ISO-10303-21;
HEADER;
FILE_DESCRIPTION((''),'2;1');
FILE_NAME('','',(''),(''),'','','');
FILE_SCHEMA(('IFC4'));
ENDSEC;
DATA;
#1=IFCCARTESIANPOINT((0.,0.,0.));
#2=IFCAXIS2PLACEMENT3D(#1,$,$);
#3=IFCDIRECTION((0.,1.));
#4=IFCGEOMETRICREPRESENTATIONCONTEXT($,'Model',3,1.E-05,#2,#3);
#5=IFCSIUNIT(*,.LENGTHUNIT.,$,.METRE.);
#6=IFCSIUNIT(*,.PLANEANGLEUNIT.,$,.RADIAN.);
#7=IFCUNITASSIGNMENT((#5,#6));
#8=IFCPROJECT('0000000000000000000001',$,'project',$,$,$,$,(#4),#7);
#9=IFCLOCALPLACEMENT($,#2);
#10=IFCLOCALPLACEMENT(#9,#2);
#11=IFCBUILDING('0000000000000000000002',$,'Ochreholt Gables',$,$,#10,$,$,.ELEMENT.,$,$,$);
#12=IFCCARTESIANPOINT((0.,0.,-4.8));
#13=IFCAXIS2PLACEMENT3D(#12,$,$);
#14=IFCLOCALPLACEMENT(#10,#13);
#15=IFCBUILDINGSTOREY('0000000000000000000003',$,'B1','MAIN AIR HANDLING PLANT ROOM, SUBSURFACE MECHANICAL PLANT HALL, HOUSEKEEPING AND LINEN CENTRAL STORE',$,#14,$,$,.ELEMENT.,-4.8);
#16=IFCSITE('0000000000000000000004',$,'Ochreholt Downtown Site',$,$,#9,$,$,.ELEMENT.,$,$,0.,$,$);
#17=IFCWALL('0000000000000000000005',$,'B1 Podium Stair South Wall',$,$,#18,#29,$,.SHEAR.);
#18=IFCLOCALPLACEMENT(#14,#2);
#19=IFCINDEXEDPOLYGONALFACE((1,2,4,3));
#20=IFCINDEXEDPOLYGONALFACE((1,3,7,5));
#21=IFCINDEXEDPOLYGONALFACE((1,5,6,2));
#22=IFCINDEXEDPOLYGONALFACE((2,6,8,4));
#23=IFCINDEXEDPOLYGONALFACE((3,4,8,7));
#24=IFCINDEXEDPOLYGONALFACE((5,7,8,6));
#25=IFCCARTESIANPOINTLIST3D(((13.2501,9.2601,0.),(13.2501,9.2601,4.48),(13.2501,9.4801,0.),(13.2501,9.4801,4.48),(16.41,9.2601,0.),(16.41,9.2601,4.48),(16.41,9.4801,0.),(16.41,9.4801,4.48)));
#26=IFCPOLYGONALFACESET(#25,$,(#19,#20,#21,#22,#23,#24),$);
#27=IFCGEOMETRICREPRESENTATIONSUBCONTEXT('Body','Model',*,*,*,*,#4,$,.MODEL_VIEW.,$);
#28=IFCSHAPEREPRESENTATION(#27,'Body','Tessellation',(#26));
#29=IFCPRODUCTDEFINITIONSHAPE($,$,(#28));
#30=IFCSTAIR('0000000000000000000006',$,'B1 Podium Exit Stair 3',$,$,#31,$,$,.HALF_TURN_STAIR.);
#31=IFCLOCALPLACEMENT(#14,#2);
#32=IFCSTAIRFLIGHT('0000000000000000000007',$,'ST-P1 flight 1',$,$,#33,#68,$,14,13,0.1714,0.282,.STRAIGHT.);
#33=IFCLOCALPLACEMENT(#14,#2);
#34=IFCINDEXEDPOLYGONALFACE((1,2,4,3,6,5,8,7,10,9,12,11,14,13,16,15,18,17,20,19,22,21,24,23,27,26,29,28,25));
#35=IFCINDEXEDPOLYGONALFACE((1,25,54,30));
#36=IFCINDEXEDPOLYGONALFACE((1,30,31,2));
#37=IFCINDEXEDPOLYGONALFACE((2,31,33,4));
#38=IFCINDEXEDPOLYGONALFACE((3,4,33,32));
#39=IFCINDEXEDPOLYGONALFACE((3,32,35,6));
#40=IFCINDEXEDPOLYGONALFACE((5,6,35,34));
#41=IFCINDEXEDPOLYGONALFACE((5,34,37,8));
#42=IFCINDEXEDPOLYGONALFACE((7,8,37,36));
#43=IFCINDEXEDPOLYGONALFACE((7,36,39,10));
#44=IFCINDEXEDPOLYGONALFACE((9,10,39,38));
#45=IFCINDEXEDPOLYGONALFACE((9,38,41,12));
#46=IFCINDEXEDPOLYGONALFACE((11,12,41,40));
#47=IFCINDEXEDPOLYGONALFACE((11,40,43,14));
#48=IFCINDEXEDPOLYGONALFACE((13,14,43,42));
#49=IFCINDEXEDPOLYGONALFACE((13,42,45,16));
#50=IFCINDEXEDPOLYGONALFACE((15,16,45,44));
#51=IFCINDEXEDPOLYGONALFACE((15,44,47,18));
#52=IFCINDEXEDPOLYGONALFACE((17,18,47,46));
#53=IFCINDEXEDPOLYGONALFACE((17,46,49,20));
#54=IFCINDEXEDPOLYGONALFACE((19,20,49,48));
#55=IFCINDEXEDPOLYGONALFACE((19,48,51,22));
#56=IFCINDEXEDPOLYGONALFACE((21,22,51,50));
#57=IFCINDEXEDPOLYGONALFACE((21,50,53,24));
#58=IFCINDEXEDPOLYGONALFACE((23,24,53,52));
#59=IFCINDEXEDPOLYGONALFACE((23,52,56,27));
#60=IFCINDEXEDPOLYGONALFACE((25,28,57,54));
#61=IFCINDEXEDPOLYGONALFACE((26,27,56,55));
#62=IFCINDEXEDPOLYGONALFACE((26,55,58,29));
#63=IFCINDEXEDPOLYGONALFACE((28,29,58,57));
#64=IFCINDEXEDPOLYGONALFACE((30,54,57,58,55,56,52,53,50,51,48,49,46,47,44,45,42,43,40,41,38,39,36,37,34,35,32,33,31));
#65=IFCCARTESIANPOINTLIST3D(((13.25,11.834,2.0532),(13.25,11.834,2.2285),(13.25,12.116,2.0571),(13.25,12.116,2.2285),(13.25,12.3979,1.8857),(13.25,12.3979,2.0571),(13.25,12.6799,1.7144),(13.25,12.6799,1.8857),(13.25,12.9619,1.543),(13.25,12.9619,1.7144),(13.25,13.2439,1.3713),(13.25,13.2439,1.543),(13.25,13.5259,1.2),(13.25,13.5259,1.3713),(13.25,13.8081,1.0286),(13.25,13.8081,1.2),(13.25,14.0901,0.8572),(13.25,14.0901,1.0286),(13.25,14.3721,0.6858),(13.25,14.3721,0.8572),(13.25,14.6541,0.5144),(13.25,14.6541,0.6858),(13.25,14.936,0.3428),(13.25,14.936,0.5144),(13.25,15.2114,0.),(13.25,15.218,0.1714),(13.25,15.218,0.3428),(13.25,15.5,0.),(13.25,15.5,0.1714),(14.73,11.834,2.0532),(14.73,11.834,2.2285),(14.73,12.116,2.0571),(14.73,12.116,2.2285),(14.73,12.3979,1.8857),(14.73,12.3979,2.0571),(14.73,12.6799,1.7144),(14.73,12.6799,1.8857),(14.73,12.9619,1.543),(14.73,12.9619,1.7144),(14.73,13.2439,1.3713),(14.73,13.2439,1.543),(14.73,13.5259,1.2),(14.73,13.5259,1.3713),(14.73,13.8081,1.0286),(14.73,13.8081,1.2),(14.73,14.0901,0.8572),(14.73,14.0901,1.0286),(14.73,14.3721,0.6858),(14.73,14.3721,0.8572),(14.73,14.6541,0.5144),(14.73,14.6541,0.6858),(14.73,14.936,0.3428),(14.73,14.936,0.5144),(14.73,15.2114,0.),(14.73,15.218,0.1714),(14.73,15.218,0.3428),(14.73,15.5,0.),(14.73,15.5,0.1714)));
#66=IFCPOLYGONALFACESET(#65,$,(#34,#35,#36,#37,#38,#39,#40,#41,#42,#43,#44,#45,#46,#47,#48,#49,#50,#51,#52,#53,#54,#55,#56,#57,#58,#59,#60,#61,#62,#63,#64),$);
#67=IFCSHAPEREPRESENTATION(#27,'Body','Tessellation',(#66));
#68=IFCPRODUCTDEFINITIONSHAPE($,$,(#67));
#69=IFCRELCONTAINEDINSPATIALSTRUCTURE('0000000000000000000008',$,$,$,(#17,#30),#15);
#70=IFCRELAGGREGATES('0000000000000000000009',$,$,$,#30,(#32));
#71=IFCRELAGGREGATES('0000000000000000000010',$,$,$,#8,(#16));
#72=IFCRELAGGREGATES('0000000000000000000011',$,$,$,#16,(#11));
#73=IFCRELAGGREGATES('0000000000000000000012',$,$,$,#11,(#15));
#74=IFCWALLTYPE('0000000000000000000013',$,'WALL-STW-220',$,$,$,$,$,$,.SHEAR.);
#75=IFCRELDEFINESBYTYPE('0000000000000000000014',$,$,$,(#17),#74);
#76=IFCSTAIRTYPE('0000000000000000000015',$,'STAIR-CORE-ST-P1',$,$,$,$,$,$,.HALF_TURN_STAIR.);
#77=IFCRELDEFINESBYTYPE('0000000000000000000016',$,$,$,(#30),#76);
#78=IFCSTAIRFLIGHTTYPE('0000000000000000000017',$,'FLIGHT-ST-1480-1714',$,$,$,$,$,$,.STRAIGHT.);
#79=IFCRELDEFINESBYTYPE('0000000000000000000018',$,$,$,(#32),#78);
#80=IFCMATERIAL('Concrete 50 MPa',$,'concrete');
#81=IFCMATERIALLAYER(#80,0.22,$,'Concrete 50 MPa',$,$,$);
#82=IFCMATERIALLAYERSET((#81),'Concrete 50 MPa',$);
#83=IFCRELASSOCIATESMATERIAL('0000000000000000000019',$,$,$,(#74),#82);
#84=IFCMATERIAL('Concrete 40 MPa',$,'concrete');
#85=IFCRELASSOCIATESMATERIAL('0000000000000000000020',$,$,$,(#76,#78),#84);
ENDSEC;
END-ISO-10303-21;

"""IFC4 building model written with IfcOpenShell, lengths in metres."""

from ifc_helpers import new_model, si_unit, direction, frame, frame_2d, origin, place, context, subcontext, project, spatial, polyline, rectangle, outline, extrude, material, layer, layer_set, type_object, element, aggregate, save


model = new_model("IFC4")

# Units and contexts
model_context = context("Model", 3, precision=1e-05, world=origin(), true_north=direction((0.0, 1.0)))
body_context = subcontext(model_context, "Body", "Model", "MODEL_VIEW")
ifc_project = project(units=[si_unit("LENGTHUNIT", "METRE"), si_unit("PLANEANGLEUNIT", "RADIAN")], contexts=[model_context])

# Site, building, storey
site_placement = place(None, origin())
site = spatial("IfcSite", under=ifc_project, at=site_placement, Name="Ochreholt Downtown Site", CompositionType="ELEMENT", RefElevation=0.0)
building_placement = place(site_placement, origin())
building = spatial("IfcBuilding", under=site, at=building_placement, Name="Ochreholt Gables", CompositionType="ELEMENT")
storey_placement = place(building_placement, frame((0.0, 0.0, -4.8)))
storey = spatial("IfcBuildingStorey", under=building, at=storey_placement, Name="B1", Description="MAIN AIR HANDLING PLANT ROOM, SUBSURFACE MECHANICAL PLANT HALL, HOUSEKEEPING AND LINEN CENTRAL STORE", CompositionType="ELEMENT", Elevation=-4.8)

# Wall
ifc_material_1 = material(Name="Concrete 50 MPa", Category="concrete")
ifc_layer = layer(ifc_material_1, 0.22, Name="Concrete 50 MPa")
ifc_layer_set = layer_set([ifc_layer], Name="Concrete 50 MPa")
wall_type = type_object("IfcWallType", Name="WALL-STW-220", PredefinedType="SHEAR", material=ifc_layer_set)
wall_1_placement = place(storey_placement, frame((13.25, 9.3701, 0.0), z_axis=(0.0, 0.0, 1.0), x_axis=(1.0, 0.0, 0.0)))
element("IfcWall", 1, at=wall_1_placement, inside=storey, type_object=wall_type, Name="B1 Podium Stair South Wall", PredefinedType="SHEAR", context=body_context, shape_type="SweptSolid", body=[
    extrude(rectangle(XDim=3.1599, YDim=0.22, at=frame_2d((1.5801, 0.0))), origin(), (0.0, 0.0, 1.0), 4.48),
])

# Stair, stair flight
ifc_material_2 = material(Name="Concrete 40 MPa", Category="concrete")
stair_type = type_object("IfcStairType", Name="STAIR-CORE-ST-P1", PredefinedType="HALF_TURN_STAIR", material=ifc_material_2)
stair_placement = place(storey_placement, origin())
stair = element("IfcStair", 2, at=stair_placement, inside=storey, type_object=stair_type, Name="B1 Podium Exit Stair 3", PredefinedType="HALF_TURN_STAIR")
stair_flight_type = type_object("IfcStairFlightType", Name="FLIGHT-ST-1480-1714", PredefinedType="STRAIGHT", material=ifc_material_2)
stair_flight_placement = place(storey_placement, frame((13.99, 15.5, 0.0), z_axis=(0.0, 0.0, 1.0), x_axis=(0.0, -1.0, 0.0)))
stair_flight = element("IfcStairFlight", 3, at=stair_flight_placement, type_object=stair_flight_type, Name="ST-P1 flight 1", NumberOfRisers=14, NumberOfTreads=13, PredefinedType="STRAIGHT", RiserHeight=0.1714, TreadLength=0.282, context=body_context, shape_type="SweptSolid", body=[
    extrude(outline(polyline([(0.0, 0.0), (0.0, 0.1714), (0.282, 0.1714), (0.282, 0.3428), (0.564, 0.3428), (0.564, 0.5144), (0.8459, 0.5144), (0.8459, 0.6858), (1.1279, 0.6858), (1.1279, 0.8572), (1.4099, 0.8572), (1.4099, 1.0286), (1.6919, 1.0286), (1.6919, 1.2), (1.9741, 1.2), (1.9741, 1.3713), (2.2561, 1.3713), (2.2561, 1.543), (2.5381, 1.543), (2.5381, 1.7144), (2.8201, 1.7144), (2.8201, 1.8857), (3.1021, 1.8857), (3.1021, 2.0571), (3.384, 2.0571), (3.384, 2.2285), (3.666, 2.2285), (3.666, 2.3999), (3.666, 2.0532), (0.2886, 0.0), (0.0, 0.0)])), frame((0.0, 0.74, 0.0), z_axis=(0.0, -1.0, 0.0), x_axis=(1.0, 0.0, 0.0)), (0.0, 0.0, 1.0), 1.48),
])
aggregate(stair, [stair_flight])

save(model, "model.ifc")
